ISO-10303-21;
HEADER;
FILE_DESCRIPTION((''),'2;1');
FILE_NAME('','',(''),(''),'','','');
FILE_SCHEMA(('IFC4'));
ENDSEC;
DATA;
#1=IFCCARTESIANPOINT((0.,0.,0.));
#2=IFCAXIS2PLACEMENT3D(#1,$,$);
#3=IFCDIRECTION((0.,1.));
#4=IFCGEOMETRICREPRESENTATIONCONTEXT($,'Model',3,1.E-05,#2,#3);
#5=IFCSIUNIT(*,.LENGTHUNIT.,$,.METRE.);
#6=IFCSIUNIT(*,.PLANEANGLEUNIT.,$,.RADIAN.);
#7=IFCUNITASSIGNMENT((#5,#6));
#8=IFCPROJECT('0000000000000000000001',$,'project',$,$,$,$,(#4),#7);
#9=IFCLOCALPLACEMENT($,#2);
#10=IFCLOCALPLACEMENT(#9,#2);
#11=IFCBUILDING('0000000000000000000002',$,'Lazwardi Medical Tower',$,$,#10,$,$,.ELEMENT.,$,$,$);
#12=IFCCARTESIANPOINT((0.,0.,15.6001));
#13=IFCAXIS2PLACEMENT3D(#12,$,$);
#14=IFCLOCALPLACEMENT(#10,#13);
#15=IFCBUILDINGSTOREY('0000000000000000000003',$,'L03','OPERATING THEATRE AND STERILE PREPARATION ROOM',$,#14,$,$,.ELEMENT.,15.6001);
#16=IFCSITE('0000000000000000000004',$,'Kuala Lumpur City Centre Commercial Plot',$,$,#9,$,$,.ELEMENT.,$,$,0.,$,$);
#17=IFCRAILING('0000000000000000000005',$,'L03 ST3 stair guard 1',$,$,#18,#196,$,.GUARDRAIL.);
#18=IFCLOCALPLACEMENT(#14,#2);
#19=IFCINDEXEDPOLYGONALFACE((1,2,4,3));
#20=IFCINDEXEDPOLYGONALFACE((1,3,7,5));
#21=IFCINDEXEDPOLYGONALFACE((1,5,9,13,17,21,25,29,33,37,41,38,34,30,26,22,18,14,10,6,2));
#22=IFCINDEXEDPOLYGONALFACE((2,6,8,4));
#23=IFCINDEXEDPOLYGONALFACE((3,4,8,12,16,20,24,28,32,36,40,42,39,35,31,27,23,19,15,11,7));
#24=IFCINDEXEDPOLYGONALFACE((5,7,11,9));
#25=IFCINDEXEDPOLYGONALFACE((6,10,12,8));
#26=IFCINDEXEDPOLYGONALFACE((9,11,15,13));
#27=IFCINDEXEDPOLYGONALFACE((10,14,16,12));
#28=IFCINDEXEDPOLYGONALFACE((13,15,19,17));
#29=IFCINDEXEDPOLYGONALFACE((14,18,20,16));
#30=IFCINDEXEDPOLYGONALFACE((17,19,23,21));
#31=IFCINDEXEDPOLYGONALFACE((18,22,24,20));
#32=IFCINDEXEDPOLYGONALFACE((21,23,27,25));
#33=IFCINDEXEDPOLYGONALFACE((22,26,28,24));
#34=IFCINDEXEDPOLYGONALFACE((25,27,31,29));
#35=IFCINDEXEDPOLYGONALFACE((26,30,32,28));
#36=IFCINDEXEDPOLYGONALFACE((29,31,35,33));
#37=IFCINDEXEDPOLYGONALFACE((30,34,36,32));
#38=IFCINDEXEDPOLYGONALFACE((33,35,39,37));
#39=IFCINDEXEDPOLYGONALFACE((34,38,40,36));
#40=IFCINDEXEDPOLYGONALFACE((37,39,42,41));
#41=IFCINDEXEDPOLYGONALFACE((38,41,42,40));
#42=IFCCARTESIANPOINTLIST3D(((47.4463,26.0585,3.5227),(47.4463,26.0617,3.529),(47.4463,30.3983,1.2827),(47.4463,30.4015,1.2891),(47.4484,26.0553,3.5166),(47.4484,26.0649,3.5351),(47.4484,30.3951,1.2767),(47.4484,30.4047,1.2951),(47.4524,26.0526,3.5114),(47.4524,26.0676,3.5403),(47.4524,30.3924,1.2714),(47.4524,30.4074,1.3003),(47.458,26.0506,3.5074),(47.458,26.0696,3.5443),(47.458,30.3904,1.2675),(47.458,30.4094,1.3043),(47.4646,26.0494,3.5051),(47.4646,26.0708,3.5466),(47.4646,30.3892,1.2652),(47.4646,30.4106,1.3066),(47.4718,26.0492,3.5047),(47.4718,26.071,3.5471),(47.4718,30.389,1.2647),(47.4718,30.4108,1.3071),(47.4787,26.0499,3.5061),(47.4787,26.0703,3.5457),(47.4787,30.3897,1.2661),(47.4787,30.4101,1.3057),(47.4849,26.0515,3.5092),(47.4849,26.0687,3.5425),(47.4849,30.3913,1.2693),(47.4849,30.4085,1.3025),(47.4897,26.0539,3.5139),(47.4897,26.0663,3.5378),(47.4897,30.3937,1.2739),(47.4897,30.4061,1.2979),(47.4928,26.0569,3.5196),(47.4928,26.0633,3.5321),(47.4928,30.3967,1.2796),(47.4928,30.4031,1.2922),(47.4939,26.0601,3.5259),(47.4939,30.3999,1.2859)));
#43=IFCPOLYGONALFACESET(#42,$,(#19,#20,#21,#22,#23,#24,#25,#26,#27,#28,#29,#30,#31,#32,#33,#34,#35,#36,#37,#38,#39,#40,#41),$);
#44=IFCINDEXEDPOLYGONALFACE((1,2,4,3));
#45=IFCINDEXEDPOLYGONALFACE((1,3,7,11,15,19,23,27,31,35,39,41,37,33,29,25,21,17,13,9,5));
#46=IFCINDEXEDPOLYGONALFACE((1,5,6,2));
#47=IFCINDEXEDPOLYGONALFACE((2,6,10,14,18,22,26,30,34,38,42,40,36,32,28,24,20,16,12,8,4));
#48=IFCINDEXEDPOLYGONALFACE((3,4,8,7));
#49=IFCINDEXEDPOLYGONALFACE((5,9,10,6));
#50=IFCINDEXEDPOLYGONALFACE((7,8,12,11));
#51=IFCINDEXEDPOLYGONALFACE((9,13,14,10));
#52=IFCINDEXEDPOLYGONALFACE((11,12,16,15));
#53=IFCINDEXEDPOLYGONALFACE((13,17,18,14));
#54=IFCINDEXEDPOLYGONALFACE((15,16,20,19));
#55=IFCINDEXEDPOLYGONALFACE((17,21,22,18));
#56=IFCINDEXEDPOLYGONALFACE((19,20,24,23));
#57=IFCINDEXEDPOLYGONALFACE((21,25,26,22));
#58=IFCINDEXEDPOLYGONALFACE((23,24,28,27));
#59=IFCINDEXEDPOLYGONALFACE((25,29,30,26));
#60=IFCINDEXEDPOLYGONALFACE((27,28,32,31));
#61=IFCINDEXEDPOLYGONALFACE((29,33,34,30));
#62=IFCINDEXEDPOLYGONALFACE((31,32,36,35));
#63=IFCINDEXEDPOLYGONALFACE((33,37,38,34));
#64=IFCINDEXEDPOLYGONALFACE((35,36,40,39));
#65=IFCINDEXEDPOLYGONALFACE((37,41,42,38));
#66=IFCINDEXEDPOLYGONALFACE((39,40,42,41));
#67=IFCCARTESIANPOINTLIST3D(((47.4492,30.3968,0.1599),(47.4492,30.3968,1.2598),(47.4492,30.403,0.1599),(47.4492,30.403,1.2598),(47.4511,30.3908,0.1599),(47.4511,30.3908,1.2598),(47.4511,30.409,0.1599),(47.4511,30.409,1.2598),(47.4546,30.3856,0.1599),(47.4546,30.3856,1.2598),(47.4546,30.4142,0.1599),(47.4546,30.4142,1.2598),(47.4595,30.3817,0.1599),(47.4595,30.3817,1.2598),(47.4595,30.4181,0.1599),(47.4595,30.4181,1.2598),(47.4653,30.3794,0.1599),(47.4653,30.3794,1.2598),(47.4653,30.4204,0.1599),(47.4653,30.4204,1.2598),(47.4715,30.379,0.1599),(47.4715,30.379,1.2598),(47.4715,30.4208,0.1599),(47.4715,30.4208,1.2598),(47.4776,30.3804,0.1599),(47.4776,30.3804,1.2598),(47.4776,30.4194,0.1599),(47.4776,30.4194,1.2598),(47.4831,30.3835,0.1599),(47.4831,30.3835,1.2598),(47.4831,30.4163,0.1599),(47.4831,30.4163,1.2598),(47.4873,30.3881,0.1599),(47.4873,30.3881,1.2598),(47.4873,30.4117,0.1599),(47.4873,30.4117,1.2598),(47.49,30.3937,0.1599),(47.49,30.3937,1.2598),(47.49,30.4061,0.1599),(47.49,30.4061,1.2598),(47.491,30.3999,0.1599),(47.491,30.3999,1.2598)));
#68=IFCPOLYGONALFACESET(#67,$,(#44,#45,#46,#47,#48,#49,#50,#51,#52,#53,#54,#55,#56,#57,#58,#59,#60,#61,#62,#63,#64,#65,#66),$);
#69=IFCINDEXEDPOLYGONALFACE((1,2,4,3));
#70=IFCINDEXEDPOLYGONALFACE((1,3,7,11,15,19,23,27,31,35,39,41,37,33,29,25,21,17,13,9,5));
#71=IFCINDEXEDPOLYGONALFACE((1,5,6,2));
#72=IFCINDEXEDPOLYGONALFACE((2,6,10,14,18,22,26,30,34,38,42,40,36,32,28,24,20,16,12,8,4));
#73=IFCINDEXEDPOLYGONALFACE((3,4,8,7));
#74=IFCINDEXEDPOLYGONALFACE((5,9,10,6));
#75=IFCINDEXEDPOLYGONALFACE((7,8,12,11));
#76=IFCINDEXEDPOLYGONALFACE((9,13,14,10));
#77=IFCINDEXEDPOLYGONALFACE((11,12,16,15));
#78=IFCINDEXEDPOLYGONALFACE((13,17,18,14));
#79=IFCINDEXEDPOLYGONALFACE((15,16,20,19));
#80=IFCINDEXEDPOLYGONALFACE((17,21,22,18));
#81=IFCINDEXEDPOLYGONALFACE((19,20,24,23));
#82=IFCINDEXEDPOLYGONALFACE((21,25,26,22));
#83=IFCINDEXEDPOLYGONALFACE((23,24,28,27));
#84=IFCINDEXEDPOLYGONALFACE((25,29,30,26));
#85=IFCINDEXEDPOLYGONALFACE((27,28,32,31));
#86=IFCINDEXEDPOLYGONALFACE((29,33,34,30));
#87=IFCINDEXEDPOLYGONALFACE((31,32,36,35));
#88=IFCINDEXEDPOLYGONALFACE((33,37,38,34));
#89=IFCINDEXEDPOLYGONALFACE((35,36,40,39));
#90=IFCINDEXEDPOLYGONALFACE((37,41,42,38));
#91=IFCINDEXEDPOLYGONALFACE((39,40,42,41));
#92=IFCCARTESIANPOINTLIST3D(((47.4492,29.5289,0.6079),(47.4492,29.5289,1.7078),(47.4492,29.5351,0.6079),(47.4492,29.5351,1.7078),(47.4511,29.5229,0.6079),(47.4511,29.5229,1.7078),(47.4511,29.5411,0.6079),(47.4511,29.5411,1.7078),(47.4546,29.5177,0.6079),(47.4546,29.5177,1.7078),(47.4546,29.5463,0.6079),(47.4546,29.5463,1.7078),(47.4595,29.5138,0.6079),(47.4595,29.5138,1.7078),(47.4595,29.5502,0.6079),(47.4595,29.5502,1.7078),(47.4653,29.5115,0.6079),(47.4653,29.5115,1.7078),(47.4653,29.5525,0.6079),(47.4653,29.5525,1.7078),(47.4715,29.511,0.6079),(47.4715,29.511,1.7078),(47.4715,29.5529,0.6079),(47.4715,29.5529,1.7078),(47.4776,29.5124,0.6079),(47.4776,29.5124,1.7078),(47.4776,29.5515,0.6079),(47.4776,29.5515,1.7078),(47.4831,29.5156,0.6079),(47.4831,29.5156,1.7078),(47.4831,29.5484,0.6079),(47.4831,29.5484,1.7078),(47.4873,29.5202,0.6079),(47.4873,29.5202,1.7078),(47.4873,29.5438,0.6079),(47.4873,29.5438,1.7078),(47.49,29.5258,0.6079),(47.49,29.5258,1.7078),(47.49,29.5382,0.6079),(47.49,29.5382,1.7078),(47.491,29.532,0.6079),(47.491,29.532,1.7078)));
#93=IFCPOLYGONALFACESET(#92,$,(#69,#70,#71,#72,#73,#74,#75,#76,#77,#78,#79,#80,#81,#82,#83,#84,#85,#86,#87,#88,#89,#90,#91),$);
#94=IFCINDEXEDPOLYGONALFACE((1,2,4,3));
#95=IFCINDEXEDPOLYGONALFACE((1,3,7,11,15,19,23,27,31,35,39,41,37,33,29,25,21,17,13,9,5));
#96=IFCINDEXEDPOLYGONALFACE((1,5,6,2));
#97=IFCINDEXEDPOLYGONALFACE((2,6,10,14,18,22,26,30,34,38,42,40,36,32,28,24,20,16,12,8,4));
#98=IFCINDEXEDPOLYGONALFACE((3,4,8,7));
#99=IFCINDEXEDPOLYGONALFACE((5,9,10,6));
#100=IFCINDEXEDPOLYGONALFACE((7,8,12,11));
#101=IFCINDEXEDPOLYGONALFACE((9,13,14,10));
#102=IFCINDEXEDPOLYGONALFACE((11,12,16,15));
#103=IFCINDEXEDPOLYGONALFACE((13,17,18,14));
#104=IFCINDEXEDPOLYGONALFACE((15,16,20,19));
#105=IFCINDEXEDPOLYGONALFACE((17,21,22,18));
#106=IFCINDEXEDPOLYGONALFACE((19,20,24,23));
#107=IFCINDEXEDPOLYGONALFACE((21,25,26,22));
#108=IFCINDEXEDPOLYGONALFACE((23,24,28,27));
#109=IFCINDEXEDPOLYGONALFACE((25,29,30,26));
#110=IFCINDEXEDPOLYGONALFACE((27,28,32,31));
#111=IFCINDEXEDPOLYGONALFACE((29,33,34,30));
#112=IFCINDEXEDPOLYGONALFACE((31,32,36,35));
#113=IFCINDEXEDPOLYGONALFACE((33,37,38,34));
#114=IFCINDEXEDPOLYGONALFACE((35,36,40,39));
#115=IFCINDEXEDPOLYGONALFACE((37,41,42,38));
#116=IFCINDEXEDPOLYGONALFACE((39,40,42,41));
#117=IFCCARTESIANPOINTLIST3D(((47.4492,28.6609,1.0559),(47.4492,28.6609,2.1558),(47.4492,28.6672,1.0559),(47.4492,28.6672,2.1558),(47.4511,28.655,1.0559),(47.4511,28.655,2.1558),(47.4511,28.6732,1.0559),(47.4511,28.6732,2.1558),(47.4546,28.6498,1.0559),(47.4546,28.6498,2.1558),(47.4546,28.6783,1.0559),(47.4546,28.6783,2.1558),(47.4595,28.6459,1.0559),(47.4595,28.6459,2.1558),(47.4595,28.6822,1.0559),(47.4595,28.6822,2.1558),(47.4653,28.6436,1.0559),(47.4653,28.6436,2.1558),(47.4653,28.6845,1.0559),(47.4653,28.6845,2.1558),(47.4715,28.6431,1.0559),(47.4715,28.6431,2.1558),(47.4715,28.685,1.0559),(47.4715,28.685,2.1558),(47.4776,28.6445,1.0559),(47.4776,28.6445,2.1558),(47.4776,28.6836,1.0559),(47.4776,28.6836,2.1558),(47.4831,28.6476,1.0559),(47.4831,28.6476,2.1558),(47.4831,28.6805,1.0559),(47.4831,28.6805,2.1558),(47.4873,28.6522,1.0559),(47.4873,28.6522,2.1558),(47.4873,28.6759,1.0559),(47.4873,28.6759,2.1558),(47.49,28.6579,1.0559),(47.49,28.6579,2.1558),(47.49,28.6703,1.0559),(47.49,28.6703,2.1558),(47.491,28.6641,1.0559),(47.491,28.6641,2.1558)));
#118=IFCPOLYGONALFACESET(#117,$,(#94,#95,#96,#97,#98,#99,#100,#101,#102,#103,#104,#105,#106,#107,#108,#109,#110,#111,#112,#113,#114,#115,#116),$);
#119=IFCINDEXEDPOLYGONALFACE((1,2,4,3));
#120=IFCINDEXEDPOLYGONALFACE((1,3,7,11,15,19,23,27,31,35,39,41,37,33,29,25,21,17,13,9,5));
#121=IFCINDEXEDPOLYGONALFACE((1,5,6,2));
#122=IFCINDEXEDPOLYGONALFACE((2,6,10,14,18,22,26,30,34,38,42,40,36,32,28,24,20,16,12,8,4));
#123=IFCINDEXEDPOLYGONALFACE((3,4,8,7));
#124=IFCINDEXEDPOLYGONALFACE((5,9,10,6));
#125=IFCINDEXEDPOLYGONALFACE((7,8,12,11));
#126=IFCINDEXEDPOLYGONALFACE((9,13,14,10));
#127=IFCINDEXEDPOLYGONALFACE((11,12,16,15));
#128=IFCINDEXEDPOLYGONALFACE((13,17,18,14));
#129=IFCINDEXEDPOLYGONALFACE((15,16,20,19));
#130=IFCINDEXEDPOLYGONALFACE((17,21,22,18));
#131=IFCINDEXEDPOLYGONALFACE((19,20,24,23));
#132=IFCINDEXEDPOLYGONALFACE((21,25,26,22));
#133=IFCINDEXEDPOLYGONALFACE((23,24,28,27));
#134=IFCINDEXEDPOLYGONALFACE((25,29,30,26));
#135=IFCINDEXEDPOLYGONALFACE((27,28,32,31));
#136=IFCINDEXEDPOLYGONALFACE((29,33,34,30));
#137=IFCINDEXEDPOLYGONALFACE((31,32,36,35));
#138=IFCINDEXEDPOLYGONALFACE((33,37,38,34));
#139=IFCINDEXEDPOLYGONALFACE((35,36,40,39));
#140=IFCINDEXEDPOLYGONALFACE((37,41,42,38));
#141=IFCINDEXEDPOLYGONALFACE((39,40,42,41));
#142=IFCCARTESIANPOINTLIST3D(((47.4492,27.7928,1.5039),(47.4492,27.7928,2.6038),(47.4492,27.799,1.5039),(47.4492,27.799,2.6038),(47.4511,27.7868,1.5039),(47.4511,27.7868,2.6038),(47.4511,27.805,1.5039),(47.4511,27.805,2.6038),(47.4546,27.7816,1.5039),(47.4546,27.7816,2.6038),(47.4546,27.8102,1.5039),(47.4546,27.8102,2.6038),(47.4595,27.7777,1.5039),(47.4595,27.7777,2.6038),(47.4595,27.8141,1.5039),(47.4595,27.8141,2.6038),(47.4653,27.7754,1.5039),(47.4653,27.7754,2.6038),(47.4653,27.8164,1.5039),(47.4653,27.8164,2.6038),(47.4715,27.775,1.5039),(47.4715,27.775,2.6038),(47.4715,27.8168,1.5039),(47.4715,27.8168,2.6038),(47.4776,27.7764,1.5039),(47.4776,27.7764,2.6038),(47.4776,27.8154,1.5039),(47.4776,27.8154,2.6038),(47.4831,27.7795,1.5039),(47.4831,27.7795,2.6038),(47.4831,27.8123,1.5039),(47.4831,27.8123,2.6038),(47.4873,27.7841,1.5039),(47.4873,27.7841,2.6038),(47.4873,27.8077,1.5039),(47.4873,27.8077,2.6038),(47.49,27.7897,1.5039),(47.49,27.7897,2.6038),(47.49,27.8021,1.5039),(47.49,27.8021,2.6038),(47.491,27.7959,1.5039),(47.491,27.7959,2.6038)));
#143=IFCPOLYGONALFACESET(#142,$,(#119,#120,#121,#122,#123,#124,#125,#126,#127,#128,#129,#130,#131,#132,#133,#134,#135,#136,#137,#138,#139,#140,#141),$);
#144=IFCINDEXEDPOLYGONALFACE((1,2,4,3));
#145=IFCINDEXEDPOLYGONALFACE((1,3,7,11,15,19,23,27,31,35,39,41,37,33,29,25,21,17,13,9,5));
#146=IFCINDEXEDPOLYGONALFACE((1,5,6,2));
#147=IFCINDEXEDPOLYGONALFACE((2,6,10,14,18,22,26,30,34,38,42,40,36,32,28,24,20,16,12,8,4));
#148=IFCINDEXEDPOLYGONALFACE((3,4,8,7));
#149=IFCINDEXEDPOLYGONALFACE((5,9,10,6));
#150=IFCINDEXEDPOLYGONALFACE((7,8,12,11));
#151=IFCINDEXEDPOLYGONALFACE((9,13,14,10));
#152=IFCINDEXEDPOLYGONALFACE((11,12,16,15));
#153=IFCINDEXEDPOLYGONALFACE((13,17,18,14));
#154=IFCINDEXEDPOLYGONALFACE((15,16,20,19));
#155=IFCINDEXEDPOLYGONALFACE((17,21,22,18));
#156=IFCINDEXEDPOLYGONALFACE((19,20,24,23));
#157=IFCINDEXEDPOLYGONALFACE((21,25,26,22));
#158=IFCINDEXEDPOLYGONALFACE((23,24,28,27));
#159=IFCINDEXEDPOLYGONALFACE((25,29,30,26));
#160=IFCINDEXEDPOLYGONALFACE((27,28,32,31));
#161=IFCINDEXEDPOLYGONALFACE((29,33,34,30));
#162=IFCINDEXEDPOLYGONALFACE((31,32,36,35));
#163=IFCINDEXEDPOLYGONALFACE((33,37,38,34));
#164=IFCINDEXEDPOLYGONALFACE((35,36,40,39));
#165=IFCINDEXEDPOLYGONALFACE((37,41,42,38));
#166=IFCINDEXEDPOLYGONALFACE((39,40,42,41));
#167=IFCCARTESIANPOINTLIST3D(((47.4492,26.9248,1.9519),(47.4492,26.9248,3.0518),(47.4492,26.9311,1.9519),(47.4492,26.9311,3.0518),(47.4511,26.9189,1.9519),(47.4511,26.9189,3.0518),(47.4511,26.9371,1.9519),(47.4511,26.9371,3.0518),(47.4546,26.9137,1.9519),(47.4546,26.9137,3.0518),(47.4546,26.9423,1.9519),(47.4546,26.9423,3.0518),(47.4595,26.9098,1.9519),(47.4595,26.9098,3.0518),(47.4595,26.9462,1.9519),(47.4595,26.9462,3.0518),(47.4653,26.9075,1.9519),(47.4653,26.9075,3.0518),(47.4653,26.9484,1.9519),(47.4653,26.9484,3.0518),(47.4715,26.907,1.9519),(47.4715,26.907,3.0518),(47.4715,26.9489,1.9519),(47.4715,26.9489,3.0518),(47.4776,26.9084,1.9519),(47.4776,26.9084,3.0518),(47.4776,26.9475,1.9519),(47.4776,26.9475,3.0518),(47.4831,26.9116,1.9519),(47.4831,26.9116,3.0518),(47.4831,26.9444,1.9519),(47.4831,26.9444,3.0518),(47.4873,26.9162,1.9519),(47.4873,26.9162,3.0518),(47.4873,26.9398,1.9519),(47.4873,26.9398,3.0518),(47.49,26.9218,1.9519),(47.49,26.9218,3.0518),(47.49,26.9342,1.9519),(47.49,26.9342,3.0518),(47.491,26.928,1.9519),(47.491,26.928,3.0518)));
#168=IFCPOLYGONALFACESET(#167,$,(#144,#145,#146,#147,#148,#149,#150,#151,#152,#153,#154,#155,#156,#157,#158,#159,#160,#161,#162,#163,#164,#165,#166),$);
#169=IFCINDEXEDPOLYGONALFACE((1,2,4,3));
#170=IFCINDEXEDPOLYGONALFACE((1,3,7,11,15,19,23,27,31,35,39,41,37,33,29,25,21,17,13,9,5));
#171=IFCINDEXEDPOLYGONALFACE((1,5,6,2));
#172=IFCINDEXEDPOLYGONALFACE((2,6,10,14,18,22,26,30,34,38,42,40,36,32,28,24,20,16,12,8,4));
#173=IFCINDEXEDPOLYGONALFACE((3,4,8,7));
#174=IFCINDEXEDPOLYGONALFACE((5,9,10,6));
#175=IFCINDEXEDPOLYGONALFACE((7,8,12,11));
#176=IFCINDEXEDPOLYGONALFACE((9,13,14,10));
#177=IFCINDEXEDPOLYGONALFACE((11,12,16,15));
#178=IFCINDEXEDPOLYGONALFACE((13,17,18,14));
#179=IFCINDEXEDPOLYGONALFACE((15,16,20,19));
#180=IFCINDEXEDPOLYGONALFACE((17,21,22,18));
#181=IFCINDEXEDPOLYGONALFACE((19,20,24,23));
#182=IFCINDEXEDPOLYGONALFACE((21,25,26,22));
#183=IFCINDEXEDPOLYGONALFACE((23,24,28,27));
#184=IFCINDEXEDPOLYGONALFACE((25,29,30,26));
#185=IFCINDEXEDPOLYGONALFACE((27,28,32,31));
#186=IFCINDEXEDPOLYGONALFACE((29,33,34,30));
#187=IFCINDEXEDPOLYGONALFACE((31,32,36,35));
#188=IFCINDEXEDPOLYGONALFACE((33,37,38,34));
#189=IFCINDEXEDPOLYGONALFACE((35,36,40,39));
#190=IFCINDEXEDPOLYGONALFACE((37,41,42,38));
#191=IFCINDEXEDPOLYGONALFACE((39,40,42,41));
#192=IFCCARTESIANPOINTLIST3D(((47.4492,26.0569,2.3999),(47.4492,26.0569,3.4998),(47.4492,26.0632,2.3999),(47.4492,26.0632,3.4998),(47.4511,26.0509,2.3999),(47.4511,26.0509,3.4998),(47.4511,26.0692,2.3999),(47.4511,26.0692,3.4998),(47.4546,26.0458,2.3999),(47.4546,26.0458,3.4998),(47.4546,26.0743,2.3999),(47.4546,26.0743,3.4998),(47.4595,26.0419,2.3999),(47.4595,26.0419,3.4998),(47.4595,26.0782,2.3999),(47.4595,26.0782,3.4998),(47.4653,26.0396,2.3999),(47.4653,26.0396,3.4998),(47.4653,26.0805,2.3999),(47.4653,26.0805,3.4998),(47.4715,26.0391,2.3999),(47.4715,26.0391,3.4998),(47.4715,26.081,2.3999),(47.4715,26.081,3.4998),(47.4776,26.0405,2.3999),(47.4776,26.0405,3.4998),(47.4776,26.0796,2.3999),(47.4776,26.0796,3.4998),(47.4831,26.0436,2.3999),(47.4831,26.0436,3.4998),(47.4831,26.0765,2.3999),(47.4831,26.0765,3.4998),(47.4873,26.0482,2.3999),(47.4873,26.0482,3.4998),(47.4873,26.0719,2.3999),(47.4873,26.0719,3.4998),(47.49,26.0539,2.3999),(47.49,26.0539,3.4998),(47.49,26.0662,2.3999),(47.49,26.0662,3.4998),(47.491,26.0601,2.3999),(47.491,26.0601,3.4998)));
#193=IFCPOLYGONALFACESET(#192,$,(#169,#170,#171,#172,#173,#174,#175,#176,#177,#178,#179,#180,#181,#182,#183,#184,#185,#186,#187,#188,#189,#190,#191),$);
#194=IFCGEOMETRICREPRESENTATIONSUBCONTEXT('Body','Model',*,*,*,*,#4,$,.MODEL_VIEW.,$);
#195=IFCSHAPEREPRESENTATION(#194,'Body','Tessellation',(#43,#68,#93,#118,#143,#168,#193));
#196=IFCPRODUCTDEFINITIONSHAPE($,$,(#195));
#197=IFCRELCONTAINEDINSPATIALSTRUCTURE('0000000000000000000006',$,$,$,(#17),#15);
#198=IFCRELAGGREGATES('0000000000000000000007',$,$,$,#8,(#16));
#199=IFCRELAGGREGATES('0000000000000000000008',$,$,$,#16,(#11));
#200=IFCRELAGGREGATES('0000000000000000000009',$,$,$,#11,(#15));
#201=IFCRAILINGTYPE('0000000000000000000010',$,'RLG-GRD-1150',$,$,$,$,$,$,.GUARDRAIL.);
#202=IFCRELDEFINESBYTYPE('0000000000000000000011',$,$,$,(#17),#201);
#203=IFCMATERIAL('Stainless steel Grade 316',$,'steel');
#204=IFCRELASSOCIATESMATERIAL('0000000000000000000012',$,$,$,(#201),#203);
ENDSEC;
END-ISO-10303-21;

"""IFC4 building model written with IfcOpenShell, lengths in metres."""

from ifc_helpers import new_model, si_unit, direction, frame, origin, origin_2d, place, context, subcontext, project, spatial, circle, extrude, material, type_object, element, save


model = new_model("IFC4")

# Units and contexts
model_context = context("Model", 3, precision=1e-05, world=origin(), true_north=direction((0.0, 1.0)))
body_context = subcontext(model_context, "Body", "Model", "MODEL_VIEW")
ifc_project = project(units=[si_unit("LENGTHUNIT", "METRE"), si_unit("PLANEANGLEUNIT", "RADIAN")], contexts=[model_context])

# Site, building, storey
site_placement = place(None, origin())
site = spatial("IfcSite", under=ifc_project, at=site_placement, Name="Kuala Lumpur City Centre Commercial Plot", CompositionType="ELEMENT", RefElevation=0.0)
building_placement = place(site_placement, origin())
building = spatial("IfcBuilding", under=site, at=building_placement, Name="Lazwardi Medical Tower", CompositionType="ELEMENT")
storey_placement = place(building_placement, frame((0.0, 0.0, 15.6001)))
storey = spatial("IfcBuildingStorey", under=building, at=storey_placement, Name="L03", Description="OPERATING THEATRE AND STERILE PREPARATION ROOM", CompositionType="ELEMENT", Elevation=15.6001)

# Railing
ifc_material_1 = material(Name="Stainless steel Grade 316", Category="steel")
railing_type_1 = type_object("IfcRailingType", Name="RLG-GRD-1150", PredefinedType="GUARDRAIL", material=ifc_material_1)
railing_1_placement = place(storey_placement, frame((47.47, 30.3999, 0.1599)))
element("IfcRailing", 1, at=railing_1_placement, inside=storey, type_object=railing_type_1, Name="L03 ST3 stair guard 1", PredefinedType="GUARDRAIL", context=body_context, shape_type="SweptSolid", body=[
    extrude(circle(Radius=0.0239, at=origin_2d()), frame((0.0, 0.0, 1.126), z_axis=(0.0, -0.888615, 0.458654), x_axis=(1.0, 0.0, 0.0)), (0.0, 0.0, 1.0), 4.8838),
    extrude(circle(Radius=0.021, at=origin_2d()), origin(), (0.0, 0.0, 1.0), 1.0999),
    extrude(circle(Radius=0.021, at=origin_2d()), frame((0.0, -0.8679, 0.448)), (0.0, 0.0, 1.0), 1.0999),
    extrude(circle(Radius=0.021, at=origin_2d()), frame((0.0, -1.7358, 0.896)), (0.0, 0.0, 1.0), 1.0999),
    extrude(circle(Radius=0.021, at=origin_2d()), frame((0.0, -2.604, 1.344)), (0.0, 0.0, 1.0), 1.0999),
    extrude(circle(Radius=0.021, at=origin_2d()), frame((0.0, -3.4719, 1.792)), (0.0, 0.0, 1.0), 1.0999),
    extrude(circle(Radius=0.021, at=origin_2d()), frame((0.0, -4.3398, 2.24)), (0.0, 0.0, 1.0), 1.0999),
])

save(model, "model.ifc")
